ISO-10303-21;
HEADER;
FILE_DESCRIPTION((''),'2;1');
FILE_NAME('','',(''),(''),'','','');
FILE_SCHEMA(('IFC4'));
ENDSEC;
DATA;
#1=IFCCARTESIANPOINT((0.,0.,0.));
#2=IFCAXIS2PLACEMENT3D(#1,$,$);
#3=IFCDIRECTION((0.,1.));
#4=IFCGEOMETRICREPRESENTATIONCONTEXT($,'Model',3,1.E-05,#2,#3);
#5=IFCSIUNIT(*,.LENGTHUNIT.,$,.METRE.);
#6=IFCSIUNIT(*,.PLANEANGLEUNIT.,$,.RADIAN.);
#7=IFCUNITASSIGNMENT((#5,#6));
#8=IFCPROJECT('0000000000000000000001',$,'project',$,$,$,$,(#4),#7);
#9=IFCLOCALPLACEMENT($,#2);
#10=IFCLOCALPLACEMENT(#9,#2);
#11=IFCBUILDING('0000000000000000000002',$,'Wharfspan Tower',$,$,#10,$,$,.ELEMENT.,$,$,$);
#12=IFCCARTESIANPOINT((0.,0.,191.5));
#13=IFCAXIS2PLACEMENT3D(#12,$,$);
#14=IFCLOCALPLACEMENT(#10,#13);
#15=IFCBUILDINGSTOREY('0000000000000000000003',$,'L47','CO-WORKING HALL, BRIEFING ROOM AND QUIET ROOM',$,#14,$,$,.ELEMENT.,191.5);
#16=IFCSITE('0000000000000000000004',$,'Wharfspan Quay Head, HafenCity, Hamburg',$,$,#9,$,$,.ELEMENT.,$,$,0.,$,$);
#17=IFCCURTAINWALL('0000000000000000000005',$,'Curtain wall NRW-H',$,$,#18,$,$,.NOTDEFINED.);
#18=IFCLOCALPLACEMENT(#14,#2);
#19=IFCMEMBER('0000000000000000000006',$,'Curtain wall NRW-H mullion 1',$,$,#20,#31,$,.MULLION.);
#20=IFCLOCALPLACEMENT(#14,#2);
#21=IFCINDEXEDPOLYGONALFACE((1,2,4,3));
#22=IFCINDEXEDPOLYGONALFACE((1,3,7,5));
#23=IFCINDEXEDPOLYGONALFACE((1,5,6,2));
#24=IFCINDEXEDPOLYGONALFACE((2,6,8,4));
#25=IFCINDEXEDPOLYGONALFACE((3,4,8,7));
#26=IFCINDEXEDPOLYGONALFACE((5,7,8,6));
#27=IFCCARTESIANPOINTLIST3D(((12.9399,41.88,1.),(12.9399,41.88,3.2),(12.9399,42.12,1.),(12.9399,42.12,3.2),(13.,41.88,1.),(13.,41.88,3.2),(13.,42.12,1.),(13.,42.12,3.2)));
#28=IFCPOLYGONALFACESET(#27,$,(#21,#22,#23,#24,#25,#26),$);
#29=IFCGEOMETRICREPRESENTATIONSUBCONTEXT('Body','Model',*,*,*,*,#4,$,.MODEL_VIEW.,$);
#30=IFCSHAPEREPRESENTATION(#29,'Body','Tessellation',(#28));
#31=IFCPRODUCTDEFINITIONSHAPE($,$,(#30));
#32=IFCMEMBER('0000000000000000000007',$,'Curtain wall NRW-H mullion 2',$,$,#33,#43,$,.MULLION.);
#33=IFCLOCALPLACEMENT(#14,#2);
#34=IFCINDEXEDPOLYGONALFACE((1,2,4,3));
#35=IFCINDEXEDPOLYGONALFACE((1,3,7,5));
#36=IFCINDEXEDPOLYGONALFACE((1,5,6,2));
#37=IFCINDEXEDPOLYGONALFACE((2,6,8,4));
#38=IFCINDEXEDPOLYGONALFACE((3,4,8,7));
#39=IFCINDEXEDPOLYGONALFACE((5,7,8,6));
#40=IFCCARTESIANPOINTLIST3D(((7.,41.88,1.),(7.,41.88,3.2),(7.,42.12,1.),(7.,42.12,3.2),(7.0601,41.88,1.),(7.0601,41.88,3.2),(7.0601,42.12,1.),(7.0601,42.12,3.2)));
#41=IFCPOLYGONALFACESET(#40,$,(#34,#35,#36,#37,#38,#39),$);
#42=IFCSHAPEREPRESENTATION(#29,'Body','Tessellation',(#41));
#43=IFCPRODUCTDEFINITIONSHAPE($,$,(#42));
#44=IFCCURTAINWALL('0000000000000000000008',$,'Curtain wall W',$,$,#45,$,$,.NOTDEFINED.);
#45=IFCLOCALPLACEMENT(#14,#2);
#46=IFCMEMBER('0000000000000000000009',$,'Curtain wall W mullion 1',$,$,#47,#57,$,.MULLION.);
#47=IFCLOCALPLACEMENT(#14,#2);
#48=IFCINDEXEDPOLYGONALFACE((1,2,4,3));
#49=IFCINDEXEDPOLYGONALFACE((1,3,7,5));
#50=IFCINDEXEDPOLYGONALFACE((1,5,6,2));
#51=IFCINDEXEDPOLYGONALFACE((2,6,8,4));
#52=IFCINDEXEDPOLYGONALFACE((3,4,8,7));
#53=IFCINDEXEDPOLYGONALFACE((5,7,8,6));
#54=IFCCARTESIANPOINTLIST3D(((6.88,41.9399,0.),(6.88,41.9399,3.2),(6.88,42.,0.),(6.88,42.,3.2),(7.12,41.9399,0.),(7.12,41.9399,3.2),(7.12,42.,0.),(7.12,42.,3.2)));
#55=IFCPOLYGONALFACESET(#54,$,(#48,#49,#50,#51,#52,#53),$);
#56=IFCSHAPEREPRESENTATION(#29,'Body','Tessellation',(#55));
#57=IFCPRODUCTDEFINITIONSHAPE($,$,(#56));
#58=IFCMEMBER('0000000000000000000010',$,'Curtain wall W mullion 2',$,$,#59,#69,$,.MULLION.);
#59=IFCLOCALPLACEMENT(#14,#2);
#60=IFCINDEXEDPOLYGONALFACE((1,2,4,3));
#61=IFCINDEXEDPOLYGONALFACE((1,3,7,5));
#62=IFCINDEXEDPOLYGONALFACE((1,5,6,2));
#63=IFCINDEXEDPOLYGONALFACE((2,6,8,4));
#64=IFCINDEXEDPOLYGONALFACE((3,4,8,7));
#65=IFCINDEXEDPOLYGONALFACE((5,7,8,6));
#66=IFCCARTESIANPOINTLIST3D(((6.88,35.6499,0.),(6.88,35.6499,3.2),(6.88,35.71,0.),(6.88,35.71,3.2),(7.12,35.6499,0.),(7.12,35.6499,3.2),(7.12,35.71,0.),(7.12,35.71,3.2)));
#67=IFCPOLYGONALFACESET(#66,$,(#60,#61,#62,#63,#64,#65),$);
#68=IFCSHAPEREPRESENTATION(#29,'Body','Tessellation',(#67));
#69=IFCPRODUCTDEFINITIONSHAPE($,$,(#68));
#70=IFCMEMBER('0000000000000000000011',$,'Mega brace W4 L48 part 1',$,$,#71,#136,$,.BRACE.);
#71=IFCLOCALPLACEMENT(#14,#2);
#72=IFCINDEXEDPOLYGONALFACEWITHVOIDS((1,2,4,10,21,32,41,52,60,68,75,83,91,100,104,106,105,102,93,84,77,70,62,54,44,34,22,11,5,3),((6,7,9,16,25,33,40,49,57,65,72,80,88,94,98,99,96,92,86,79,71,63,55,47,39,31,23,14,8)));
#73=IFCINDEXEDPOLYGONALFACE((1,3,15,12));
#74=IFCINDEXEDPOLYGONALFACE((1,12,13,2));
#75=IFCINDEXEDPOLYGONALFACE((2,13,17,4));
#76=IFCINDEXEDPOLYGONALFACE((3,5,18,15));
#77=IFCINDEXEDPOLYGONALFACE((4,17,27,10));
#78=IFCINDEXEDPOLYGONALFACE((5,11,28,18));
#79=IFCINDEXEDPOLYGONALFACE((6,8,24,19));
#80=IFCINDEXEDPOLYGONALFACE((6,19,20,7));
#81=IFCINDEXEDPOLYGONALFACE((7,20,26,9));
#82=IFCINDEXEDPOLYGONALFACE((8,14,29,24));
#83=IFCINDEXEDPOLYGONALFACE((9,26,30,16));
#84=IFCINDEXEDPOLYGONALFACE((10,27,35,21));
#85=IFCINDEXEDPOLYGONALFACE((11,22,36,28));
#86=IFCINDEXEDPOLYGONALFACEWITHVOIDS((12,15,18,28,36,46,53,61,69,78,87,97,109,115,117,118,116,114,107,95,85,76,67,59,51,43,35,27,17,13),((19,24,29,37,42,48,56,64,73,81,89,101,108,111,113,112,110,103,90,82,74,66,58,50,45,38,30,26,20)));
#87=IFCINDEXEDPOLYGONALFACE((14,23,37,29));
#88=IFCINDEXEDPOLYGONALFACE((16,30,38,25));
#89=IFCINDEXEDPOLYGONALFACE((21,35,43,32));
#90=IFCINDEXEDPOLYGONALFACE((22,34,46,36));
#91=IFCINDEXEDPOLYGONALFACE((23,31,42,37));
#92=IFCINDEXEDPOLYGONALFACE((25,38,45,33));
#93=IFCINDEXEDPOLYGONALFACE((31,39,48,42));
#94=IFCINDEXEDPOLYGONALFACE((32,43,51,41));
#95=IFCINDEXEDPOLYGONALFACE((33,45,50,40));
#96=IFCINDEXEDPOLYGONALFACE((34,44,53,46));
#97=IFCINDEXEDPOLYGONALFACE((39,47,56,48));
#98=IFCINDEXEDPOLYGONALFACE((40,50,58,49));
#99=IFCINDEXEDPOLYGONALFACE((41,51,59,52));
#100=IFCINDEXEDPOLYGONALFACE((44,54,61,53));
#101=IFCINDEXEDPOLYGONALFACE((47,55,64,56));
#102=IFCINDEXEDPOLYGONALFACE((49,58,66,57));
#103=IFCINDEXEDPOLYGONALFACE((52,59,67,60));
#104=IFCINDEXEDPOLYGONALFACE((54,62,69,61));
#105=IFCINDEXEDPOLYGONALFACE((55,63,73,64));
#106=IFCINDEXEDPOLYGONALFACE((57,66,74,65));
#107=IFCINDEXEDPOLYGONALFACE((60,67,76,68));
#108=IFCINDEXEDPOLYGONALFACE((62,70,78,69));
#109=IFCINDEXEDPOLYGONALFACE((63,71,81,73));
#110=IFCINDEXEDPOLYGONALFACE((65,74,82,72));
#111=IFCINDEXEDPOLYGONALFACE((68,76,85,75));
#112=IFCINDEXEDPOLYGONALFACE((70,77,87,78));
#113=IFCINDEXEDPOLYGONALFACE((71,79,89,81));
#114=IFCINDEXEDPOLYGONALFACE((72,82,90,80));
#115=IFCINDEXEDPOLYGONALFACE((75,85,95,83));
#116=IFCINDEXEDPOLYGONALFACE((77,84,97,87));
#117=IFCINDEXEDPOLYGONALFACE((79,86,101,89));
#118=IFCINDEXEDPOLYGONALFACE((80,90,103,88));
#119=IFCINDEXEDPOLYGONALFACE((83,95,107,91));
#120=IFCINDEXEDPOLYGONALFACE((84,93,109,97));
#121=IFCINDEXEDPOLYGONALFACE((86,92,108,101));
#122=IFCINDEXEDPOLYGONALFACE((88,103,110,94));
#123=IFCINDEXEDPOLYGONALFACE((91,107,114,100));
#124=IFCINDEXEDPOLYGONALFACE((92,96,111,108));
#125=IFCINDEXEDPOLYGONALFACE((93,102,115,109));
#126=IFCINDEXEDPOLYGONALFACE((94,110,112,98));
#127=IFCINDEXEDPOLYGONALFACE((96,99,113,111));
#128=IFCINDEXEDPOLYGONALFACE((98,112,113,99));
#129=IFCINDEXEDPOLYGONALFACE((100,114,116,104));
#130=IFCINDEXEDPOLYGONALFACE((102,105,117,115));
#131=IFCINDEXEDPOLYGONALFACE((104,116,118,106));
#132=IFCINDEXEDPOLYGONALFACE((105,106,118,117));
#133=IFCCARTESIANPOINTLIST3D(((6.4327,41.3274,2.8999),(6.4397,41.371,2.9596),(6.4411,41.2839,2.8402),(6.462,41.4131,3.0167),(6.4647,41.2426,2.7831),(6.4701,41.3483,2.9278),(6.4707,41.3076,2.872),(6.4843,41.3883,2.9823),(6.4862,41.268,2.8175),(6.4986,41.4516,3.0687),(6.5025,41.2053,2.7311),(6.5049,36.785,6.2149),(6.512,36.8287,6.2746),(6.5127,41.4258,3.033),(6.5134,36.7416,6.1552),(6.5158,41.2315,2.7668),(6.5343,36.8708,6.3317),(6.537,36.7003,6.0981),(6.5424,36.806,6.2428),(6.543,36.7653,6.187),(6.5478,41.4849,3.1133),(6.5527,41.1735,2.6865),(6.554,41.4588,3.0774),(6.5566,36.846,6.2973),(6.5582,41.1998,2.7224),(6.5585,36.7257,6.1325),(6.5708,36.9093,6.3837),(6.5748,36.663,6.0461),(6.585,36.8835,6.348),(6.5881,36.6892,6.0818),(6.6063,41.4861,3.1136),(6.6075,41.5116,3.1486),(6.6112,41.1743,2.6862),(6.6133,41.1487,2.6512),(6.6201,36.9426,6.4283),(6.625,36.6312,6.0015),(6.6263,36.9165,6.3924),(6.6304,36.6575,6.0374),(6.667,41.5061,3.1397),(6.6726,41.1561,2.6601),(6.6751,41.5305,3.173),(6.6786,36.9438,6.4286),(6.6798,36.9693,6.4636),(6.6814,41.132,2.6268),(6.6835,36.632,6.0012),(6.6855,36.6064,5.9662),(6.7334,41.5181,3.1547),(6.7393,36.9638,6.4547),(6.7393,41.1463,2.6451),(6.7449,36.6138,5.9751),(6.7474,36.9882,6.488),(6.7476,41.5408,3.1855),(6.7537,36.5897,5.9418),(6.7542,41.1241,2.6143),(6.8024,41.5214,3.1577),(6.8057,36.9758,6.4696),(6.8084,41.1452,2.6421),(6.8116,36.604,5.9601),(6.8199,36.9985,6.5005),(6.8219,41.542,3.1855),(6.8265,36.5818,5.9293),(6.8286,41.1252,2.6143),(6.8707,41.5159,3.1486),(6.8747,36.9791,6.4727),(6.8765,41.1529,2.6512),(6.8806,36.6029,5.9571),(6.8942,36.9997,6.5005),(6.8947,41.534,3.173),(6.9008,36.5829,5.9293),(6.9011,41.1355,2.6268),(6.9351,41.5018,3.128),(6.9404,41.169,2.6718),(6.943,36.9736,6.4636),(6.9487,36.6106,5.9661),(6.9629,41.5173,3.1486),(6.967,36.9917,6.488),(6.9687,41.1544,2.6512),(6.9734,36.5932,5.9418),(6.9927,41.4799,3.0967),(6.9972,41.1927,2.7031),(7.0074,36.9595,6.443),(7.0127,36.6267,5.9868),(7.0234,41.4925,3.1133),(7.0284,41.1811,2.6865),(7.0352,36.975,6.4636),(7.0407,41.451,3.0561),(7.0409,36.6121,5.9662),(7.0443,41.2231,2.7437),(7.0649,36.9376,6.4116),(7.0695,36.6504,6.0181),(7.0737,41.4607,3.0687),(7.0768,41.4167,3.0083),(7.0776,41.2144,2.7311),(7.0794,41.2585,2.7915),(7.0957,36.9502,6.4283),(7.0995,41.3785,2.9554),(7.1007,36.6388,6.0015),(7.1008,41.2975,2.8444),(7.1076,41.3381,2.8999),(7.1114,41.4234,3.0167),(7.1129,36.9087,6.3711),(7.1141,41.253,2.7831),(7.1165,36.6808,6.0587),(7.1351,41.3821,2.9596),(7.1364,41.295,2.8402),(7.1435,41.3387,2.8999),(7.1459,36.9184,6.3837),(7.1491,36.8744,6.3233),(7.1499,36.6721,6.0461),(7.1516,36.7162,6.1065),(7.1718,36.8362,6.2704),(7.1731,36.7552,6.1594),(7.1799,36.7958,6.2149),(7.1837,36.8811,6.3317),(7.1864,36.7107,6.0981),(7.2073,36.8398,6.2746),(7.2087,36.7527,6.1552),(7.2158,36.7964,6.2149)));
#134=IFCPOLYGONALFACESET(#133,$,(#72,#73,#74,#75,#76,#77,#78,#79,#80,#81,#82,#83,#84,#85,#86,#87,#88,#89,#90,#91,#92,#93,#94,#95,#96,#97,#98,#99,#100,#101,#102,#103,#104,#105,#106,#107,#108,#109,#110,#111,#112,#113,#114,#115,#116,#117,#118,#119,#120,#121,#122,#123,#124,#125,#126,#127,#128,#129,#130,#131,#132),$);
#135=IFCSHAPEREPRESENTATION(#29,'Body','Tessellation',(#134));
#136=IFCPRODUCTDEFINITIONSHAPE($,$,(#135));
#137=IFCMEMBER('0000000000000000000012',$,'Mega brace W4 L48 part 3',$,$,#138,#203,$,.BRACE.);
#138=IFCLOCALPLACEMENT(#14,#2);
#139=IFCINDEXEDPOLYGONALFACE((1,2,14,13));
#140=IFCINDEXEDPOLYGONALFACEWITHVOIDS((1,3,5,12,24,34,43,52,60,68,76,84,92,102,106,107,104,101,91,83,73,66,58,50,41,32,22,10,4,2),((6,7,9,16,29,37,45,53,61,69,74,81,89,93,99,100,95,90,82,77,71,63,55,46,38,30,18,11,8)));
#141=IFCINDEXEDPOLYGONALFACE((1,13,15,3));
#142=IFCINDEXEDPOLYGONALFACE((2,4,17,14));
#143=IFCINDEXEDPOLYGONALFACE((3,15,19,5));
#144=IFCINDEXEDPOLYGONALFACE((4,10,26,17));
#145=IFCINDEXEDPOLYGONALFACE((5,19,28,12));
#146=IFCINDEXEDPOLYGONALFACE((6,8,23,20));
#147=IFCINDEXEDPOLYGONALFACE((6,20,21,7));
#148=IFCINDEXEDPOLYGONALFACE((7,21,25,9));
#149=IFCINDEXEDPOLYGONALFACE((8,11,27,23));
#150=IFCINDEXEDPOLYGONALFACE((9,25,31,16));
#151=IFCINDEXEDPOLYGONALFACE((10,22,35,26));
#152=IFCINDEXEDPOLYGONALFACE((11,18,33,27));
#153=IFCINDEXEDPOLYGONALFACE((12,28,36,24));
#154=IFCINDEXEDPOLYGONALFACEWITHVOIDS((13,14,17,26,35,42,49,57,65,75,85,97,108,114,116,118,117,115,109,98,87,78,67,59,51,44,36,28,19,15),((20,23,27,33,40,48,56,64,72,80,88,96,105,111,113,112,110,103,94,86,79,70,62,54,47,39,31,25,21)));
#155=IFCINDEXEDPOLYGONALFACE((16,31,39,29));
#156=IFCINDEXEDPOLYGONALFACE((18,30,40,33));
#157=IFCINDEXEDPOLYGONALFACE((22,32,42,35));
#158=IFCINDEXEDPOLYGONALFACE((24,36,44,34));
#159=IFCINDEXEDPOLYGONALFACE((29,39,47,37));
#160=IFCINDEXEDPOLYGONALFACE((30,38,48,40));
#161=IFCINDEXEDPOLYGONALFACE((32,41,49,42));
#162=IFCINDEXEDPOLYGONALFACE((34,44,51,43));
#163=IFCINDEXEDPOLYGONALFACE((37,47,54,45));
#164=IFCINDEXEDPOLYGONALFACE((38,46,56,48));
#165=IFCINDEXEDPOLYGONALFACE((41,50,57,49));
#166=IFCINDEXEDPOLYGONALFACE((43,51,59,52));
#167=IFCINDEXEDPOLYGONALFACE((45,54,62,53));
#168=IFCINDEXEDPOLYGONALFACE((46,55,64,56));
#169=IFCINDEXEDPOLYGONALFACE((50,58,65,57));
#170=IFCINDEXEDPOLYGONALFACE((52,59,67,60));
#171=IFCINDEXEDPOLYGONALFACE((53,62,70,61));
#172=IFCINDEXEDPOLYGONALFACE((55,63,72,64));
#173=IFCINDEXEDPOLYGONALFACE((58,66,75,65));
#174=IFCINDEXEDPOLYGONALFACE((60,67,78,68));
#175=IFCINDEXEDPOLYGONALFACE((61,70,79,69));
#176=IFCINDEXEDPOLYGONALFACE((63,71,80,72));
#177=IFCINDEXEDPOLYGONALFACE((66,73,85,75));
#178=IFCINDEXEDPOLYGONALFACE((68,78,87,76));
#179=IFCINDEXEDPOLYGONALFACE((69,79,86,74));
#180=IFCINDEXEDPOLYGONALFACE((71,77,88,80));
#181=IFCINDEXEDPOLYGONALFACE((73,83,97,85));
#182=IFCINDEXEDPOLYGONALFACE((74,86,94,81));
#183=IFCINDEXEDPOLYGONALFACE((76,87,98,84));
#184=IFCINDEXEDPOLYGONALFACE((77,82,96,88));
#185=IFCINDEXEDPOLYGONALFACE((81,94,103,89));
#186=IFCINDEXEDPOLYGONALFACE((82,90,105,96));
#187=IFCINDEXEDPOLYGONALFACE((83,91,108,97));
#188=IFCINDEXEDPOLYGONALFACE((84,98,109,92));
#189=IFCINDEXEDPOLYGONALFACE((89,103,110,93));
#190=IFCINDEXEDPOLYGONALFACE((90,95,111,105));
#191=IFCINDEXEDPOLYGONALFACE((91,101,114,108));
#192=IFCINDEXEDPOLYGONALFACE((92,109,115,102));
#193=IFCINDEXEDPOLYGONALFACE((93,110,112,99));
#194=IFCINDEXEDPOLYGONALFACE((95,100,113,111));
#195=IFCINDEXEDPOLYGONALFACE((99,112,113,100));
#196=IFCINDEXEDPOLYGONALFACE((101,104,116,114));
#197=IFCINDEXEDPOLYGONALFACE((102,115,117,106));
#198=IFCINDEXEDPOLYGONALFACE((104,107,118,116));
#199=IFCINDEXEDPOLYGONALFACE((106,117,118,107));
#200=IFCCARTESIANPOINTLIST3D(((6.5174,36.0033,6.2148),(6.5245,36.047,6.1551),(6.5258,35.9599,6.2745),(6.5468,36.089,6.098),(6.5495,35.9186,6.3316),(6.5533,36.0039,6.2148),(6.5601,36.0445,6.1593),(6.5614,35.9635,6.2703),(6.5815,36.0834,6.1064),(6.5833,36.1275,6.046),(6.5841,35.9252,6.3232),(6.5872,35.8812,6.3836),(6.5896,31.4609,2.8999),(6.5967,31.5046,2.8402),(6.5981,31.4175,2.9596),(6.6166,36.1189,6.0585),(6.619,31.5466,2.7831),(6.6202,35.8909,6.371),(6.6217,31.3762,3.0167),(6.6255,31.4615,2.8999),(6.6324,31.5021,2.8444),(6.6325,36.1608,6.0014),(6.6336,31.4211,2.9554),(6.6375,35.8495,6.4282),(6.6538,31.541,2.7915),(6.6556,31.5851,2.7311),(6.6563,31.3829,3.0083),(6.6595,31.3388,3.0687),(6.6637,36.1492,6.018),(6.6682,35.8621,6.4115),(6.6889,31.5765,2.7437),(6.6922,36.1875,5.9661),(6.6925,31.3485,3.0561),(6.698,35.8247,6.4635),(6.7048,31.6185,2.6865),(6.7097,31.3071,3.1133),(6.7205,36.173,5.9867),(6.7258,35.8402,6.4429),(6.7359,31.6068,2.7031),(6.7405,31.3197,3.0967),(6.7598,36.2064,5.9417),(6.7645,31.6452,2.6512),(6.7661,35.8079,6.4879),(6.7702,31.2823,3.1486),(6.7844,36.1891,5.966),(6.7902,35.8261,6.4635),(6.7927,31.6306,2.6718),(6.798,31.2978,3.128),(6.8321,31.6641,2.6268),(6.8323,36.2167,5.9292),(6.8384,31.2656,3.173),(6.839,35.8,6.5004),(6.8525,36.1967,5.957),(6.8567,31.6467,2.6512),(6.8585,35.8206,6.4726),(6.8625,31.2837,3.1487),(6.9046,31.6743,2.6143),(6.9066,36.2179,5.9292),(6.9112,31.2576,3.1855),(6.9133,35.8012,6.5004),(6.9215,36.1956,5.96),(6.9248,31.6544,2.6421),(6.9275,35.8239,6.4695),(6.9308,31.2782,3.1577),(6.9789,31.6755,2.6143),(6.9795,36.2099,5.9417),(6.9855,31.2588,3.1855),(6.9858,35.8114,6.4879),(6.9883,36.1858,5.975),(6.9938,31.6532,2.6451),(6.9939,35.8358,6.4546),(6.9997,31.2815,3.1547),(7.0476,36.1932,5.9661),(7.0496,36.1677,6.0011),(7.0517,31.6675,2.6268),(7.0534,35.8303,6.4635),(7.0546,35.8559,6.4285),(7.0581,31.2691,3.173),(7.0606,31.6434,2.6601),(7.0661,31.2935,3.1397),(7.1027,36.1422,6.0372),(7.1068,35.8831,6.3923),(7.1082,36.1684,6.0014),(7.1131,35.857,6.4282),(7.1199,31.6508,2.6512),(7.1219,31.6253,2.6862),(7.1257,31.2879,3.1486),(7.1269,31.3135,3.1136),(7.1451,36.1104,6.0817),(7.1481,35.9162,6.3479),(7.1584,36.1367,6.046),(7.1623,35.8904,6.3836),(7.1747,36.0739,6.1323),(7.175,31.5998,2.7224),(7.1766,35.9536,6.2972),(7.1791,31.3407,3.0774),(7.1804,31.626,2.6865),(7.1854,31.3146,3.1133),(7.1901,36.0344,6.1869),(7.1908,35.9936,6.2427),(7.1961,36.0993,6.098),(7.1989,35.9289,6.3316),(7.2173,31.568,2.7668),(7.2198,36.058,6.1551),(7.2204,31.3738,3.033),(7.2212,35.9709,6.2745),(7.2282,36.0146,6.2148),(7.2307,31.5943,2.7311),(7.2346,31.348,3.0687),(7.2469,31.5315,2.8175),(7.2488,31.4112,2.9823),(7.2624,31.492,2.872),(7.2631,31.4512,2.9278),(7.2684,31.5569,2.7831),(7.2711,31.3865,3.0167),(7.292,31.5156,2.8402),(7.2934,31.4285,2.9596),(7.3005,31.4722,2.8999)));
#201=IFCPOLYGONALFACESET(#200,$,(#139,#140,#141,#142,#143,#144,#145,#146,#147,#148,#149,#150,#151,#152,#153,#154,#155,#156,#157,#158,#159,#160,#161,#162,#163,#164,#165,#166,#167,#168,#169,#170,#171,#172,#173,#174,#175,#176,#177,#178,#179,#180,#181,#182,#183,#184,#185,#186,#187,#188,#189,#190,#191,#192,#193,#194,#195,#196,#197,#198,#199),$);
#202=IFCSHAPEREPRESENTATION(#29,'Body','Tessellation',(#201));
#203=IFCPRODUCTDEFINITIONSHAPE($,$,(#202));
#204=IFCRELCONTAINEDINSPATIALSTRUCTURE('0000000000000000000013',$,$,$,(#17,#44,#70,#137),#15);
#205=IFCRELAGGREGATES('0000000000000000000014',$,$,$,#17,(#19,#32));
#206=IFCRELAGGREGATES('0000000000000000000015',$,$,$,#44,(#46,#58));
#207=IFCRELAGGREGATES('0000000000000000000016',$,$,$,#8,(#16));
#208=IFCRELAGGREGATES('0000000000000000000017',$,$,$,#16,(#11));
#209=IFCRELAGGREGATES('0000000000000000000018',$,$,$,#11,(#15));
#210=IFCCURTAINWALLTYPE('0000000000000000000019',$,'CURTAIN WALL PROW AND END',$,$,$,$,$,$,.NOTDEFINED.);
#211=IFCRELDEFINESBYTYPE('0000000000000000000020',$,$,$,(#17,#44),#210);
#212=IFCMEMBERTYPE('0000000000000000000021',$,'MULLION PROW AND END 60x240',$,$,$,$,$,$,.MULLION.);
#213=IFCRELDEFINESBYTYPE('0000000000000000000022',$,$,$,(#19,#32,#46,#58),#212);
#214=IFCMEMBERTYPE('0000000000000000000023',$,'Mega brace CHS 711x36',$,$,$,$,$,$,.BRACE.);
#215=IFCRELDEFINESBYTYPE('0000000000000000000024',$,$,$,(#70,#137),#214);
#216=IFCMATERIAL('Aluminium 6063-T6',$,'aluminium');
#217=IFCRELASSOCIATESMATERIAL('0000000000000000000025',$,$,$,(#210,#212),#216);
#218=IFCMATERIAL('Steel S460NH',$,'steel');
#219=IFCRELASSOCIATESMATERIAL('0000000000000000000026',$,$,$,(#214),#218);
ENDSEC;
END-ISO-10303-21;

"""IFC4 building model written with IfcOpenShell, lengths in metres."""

from ifc_helpers import new_model, si_unit, direction, frame, origin, origin_2d, place, context, subcontext, project, spatial, rectangle, hollow_circle, extrude, material, material_profile, profile_set, type_object, element, aggregate, save


model = new_model("IFC4")

# Units and contexts
model_context = context("Model", 3, precision=1e-05, world=origin(), true_north=direction((0.0, 1.0)))
body_context = subcontext(model_context, "Body", "Model", "MODEL_VIEW")
ifc_project = project(units=[si_unit("LENGTHUNIT", "METRE"), si_unit("PLANEANGLEUNIT", "RADIAN")], contexts=[model_context])

# Site, building, storey
site_placement = place(None, origin())
site = spatial("IfcSite", under=ifc_project, at=site_placement, Name="Wharfspan Quay Head, HafenCity, Hamburg", CompositionType="ELEMENT", RefElevation=0.0)
building_placement = place(site_placement, origin())
building = spatial("IfcBuilding", under=site, at=building_placement, Name="Wharfspan Tower", CompositionType="ELEMENT")
storey_placement = place(building_placement, frame((0.0, 0.0, 191.5)))
storey = spatial("IfcBuildingStorey", under=building, at=storey_placement, Name="L47", Description="CO-WORKING HALL, BRIEFING ROOM AND QUIET ROOM", CompositionType="ELEMENT", Elevation=191.5)

# Curtain walls, members
ifc_material_1 = material(Name="Aluminium 6063-T6", Category="aluminium")
curtain_wall_type = type_object("IfcCurtainWallType", Name="CURTAIN WALL PROW AND END", PredefinedType="NOTDEFINED", material=ifc_material_1)
ifc_material_profile_1 = material_profile(ifc_material_1, rectangle(XDim=0.24, YDim=0.0601, at=origin_2d()))
ifc_profile_set_1 = profile_set([ifc_material_profile_1], Name="Aluminium 6063-T6")
member_type_1 = type_object("IfcMemberType", Name="MULLION PROW AND END 60x240", PredefinedType="MULLION", material=ifc_profile_set_1)
curtain_wall_1_placement = place(storey_placement, origin())
curtain_wall_1 = element("IfcCurtainWall", 1, at=curtain_wall_1_placement, inside=storey, type_object=curtain_wall_type, Name="Curtain wall NRW-H", PredefinedType="NOTDEFINED")
member_1_placement = place(storey_placement, frame((12.97, 42.0, 1.0), z_axis=(0.0, 0.0, 1.0), x_axis=(0.0, -1.0, 0.0)))
member_1 = element("IfcMember", 2, at=member_1_placement, type_object=member_type_1, Name="Curtain wall NRW-H mullion 1", PredefinedType="MULLION", context=body_context, shape_type="SweptSolid", body=[
    extrude(rectangle(XDim=0.24, YDim=0.0601, at=origin_2d()), origin(), (0.0, 0.0, 1.0), 2.2),
])
member_2_placement = place(storey_placement, frame((7.03, 42.0, 1.0), z_axis=(0.0, 0.0, 1.0), x_axis=(0.0, -1.0, 0.0)))
member_2 = element("IfcMember", 3, at=member_2_placement, type_object=member_type_1, Name="Curtain wall NRW-H mullion 2", PredefinedType="MULLION", context=body_context, shape_type="SweptSolid", body=[
    extrude(rectangle(XDim=0.24, YDim=0.0601, at=origin_2d()), origin(), (0.0, 0.0, 1.0), 2.2),
])
curtain_wall_2_placement = place(storey_placement, origin())
curtain_wall_2 = element("IfcCurtainWall", 4, at=curtain_wall_2_placement, inside=storey, type_object=curtain_wall_type, Name="Curtain wall W", PredefinedType="NOTDEFINED")
member_3_placement = place(storey_placement, frame((7.0, 41.97, 0.0), z_axis=(0.0, 0.0, 1.0), x_axis=(1.0, 0.0, 0.0)))
member_3 = element("IfcMember", 5, at=member_3_placement, type_object=member_type_1, Name="Curtain wall W mullion 1", PredefinedType="MULLION", context=body_context, shape_type="SweptSolid", body=[
    extrude(rectangle(XDim=0.24, YDim=0.0601, at=origin_2d()), origin(), (0.0, 0.0, 1.0), 3.2),
])
member_4_placement = place(storey_placement, frame((7.0, 35.6799, 0.0), z_axis=(0.0, 0.0, 1.0), x_axis=(1.0, 0.0, 0.0)))
member_4 = element("IfcMember", 6, at=member_4_placement, type_object=member_type_1, Name="Curtain wall W mullion 2", PredefinedType="MULLION", context=body_context, shape_type="SweptSolid", body=[
    extrude(rectangle(XDim=0.24, YDim=0.0601, at=origin_2d()), origin(), (0.0, 0.0, 1.0), 3.2),
])

# Members
ifc_material_2 = material(Name="Steel S460NH", Category="steel")
ifc_material_profile_2 = material_profile(ifc_material_2, hollow_circle(Radius=0.3555, WallThickness=0.0359, at=origin_2d()))
ifc_profile_set_2 = profile_set([ifc_material_profile_2], Name="Steel S460NH")
member_type_2 = type_object("IfcMemberType", Name="Mega brace CHS 711x36", PredefinedType="BRACE", material=ifc_profile_set_2)
for number, where, z_axis, x_axis, name in (
    (7, (6.7881, 41.333, 2.8999), (0.01285, -0.807696, 0.589459), (0.999875, 0.015906, -0.000002), "Mega brace W4 L48 part 1"),
    (8, (6.9451, 31.4666, 2.8999), (-0.01285, 0.807711, 0.589439), (-0.999876, -0.015905, -0.000003), "Mega brace W4 L48 part 3"),
):
    element("IfcMember", number, at=place(storey_placement, frame(where, z_axis=z_axis, x_axis=x_axis)), inside=storey, type_object=member_type_2, Name=name, PredefinedType="BRACE", context=body_context, shape_type="SweptSolid", body=[
        extrude(hollow_circle(Radius=0.3555, WallThickness=0.0359, at=origin_2d()), origin(), (0.0, 0.0, 1.0), 5.6238),
    ])

aggregate(curtain_wall_1, [member_1, member_2])
aggregate(curtain_wall_2, [member_3, member_4])

save(model, "model.ifc")
